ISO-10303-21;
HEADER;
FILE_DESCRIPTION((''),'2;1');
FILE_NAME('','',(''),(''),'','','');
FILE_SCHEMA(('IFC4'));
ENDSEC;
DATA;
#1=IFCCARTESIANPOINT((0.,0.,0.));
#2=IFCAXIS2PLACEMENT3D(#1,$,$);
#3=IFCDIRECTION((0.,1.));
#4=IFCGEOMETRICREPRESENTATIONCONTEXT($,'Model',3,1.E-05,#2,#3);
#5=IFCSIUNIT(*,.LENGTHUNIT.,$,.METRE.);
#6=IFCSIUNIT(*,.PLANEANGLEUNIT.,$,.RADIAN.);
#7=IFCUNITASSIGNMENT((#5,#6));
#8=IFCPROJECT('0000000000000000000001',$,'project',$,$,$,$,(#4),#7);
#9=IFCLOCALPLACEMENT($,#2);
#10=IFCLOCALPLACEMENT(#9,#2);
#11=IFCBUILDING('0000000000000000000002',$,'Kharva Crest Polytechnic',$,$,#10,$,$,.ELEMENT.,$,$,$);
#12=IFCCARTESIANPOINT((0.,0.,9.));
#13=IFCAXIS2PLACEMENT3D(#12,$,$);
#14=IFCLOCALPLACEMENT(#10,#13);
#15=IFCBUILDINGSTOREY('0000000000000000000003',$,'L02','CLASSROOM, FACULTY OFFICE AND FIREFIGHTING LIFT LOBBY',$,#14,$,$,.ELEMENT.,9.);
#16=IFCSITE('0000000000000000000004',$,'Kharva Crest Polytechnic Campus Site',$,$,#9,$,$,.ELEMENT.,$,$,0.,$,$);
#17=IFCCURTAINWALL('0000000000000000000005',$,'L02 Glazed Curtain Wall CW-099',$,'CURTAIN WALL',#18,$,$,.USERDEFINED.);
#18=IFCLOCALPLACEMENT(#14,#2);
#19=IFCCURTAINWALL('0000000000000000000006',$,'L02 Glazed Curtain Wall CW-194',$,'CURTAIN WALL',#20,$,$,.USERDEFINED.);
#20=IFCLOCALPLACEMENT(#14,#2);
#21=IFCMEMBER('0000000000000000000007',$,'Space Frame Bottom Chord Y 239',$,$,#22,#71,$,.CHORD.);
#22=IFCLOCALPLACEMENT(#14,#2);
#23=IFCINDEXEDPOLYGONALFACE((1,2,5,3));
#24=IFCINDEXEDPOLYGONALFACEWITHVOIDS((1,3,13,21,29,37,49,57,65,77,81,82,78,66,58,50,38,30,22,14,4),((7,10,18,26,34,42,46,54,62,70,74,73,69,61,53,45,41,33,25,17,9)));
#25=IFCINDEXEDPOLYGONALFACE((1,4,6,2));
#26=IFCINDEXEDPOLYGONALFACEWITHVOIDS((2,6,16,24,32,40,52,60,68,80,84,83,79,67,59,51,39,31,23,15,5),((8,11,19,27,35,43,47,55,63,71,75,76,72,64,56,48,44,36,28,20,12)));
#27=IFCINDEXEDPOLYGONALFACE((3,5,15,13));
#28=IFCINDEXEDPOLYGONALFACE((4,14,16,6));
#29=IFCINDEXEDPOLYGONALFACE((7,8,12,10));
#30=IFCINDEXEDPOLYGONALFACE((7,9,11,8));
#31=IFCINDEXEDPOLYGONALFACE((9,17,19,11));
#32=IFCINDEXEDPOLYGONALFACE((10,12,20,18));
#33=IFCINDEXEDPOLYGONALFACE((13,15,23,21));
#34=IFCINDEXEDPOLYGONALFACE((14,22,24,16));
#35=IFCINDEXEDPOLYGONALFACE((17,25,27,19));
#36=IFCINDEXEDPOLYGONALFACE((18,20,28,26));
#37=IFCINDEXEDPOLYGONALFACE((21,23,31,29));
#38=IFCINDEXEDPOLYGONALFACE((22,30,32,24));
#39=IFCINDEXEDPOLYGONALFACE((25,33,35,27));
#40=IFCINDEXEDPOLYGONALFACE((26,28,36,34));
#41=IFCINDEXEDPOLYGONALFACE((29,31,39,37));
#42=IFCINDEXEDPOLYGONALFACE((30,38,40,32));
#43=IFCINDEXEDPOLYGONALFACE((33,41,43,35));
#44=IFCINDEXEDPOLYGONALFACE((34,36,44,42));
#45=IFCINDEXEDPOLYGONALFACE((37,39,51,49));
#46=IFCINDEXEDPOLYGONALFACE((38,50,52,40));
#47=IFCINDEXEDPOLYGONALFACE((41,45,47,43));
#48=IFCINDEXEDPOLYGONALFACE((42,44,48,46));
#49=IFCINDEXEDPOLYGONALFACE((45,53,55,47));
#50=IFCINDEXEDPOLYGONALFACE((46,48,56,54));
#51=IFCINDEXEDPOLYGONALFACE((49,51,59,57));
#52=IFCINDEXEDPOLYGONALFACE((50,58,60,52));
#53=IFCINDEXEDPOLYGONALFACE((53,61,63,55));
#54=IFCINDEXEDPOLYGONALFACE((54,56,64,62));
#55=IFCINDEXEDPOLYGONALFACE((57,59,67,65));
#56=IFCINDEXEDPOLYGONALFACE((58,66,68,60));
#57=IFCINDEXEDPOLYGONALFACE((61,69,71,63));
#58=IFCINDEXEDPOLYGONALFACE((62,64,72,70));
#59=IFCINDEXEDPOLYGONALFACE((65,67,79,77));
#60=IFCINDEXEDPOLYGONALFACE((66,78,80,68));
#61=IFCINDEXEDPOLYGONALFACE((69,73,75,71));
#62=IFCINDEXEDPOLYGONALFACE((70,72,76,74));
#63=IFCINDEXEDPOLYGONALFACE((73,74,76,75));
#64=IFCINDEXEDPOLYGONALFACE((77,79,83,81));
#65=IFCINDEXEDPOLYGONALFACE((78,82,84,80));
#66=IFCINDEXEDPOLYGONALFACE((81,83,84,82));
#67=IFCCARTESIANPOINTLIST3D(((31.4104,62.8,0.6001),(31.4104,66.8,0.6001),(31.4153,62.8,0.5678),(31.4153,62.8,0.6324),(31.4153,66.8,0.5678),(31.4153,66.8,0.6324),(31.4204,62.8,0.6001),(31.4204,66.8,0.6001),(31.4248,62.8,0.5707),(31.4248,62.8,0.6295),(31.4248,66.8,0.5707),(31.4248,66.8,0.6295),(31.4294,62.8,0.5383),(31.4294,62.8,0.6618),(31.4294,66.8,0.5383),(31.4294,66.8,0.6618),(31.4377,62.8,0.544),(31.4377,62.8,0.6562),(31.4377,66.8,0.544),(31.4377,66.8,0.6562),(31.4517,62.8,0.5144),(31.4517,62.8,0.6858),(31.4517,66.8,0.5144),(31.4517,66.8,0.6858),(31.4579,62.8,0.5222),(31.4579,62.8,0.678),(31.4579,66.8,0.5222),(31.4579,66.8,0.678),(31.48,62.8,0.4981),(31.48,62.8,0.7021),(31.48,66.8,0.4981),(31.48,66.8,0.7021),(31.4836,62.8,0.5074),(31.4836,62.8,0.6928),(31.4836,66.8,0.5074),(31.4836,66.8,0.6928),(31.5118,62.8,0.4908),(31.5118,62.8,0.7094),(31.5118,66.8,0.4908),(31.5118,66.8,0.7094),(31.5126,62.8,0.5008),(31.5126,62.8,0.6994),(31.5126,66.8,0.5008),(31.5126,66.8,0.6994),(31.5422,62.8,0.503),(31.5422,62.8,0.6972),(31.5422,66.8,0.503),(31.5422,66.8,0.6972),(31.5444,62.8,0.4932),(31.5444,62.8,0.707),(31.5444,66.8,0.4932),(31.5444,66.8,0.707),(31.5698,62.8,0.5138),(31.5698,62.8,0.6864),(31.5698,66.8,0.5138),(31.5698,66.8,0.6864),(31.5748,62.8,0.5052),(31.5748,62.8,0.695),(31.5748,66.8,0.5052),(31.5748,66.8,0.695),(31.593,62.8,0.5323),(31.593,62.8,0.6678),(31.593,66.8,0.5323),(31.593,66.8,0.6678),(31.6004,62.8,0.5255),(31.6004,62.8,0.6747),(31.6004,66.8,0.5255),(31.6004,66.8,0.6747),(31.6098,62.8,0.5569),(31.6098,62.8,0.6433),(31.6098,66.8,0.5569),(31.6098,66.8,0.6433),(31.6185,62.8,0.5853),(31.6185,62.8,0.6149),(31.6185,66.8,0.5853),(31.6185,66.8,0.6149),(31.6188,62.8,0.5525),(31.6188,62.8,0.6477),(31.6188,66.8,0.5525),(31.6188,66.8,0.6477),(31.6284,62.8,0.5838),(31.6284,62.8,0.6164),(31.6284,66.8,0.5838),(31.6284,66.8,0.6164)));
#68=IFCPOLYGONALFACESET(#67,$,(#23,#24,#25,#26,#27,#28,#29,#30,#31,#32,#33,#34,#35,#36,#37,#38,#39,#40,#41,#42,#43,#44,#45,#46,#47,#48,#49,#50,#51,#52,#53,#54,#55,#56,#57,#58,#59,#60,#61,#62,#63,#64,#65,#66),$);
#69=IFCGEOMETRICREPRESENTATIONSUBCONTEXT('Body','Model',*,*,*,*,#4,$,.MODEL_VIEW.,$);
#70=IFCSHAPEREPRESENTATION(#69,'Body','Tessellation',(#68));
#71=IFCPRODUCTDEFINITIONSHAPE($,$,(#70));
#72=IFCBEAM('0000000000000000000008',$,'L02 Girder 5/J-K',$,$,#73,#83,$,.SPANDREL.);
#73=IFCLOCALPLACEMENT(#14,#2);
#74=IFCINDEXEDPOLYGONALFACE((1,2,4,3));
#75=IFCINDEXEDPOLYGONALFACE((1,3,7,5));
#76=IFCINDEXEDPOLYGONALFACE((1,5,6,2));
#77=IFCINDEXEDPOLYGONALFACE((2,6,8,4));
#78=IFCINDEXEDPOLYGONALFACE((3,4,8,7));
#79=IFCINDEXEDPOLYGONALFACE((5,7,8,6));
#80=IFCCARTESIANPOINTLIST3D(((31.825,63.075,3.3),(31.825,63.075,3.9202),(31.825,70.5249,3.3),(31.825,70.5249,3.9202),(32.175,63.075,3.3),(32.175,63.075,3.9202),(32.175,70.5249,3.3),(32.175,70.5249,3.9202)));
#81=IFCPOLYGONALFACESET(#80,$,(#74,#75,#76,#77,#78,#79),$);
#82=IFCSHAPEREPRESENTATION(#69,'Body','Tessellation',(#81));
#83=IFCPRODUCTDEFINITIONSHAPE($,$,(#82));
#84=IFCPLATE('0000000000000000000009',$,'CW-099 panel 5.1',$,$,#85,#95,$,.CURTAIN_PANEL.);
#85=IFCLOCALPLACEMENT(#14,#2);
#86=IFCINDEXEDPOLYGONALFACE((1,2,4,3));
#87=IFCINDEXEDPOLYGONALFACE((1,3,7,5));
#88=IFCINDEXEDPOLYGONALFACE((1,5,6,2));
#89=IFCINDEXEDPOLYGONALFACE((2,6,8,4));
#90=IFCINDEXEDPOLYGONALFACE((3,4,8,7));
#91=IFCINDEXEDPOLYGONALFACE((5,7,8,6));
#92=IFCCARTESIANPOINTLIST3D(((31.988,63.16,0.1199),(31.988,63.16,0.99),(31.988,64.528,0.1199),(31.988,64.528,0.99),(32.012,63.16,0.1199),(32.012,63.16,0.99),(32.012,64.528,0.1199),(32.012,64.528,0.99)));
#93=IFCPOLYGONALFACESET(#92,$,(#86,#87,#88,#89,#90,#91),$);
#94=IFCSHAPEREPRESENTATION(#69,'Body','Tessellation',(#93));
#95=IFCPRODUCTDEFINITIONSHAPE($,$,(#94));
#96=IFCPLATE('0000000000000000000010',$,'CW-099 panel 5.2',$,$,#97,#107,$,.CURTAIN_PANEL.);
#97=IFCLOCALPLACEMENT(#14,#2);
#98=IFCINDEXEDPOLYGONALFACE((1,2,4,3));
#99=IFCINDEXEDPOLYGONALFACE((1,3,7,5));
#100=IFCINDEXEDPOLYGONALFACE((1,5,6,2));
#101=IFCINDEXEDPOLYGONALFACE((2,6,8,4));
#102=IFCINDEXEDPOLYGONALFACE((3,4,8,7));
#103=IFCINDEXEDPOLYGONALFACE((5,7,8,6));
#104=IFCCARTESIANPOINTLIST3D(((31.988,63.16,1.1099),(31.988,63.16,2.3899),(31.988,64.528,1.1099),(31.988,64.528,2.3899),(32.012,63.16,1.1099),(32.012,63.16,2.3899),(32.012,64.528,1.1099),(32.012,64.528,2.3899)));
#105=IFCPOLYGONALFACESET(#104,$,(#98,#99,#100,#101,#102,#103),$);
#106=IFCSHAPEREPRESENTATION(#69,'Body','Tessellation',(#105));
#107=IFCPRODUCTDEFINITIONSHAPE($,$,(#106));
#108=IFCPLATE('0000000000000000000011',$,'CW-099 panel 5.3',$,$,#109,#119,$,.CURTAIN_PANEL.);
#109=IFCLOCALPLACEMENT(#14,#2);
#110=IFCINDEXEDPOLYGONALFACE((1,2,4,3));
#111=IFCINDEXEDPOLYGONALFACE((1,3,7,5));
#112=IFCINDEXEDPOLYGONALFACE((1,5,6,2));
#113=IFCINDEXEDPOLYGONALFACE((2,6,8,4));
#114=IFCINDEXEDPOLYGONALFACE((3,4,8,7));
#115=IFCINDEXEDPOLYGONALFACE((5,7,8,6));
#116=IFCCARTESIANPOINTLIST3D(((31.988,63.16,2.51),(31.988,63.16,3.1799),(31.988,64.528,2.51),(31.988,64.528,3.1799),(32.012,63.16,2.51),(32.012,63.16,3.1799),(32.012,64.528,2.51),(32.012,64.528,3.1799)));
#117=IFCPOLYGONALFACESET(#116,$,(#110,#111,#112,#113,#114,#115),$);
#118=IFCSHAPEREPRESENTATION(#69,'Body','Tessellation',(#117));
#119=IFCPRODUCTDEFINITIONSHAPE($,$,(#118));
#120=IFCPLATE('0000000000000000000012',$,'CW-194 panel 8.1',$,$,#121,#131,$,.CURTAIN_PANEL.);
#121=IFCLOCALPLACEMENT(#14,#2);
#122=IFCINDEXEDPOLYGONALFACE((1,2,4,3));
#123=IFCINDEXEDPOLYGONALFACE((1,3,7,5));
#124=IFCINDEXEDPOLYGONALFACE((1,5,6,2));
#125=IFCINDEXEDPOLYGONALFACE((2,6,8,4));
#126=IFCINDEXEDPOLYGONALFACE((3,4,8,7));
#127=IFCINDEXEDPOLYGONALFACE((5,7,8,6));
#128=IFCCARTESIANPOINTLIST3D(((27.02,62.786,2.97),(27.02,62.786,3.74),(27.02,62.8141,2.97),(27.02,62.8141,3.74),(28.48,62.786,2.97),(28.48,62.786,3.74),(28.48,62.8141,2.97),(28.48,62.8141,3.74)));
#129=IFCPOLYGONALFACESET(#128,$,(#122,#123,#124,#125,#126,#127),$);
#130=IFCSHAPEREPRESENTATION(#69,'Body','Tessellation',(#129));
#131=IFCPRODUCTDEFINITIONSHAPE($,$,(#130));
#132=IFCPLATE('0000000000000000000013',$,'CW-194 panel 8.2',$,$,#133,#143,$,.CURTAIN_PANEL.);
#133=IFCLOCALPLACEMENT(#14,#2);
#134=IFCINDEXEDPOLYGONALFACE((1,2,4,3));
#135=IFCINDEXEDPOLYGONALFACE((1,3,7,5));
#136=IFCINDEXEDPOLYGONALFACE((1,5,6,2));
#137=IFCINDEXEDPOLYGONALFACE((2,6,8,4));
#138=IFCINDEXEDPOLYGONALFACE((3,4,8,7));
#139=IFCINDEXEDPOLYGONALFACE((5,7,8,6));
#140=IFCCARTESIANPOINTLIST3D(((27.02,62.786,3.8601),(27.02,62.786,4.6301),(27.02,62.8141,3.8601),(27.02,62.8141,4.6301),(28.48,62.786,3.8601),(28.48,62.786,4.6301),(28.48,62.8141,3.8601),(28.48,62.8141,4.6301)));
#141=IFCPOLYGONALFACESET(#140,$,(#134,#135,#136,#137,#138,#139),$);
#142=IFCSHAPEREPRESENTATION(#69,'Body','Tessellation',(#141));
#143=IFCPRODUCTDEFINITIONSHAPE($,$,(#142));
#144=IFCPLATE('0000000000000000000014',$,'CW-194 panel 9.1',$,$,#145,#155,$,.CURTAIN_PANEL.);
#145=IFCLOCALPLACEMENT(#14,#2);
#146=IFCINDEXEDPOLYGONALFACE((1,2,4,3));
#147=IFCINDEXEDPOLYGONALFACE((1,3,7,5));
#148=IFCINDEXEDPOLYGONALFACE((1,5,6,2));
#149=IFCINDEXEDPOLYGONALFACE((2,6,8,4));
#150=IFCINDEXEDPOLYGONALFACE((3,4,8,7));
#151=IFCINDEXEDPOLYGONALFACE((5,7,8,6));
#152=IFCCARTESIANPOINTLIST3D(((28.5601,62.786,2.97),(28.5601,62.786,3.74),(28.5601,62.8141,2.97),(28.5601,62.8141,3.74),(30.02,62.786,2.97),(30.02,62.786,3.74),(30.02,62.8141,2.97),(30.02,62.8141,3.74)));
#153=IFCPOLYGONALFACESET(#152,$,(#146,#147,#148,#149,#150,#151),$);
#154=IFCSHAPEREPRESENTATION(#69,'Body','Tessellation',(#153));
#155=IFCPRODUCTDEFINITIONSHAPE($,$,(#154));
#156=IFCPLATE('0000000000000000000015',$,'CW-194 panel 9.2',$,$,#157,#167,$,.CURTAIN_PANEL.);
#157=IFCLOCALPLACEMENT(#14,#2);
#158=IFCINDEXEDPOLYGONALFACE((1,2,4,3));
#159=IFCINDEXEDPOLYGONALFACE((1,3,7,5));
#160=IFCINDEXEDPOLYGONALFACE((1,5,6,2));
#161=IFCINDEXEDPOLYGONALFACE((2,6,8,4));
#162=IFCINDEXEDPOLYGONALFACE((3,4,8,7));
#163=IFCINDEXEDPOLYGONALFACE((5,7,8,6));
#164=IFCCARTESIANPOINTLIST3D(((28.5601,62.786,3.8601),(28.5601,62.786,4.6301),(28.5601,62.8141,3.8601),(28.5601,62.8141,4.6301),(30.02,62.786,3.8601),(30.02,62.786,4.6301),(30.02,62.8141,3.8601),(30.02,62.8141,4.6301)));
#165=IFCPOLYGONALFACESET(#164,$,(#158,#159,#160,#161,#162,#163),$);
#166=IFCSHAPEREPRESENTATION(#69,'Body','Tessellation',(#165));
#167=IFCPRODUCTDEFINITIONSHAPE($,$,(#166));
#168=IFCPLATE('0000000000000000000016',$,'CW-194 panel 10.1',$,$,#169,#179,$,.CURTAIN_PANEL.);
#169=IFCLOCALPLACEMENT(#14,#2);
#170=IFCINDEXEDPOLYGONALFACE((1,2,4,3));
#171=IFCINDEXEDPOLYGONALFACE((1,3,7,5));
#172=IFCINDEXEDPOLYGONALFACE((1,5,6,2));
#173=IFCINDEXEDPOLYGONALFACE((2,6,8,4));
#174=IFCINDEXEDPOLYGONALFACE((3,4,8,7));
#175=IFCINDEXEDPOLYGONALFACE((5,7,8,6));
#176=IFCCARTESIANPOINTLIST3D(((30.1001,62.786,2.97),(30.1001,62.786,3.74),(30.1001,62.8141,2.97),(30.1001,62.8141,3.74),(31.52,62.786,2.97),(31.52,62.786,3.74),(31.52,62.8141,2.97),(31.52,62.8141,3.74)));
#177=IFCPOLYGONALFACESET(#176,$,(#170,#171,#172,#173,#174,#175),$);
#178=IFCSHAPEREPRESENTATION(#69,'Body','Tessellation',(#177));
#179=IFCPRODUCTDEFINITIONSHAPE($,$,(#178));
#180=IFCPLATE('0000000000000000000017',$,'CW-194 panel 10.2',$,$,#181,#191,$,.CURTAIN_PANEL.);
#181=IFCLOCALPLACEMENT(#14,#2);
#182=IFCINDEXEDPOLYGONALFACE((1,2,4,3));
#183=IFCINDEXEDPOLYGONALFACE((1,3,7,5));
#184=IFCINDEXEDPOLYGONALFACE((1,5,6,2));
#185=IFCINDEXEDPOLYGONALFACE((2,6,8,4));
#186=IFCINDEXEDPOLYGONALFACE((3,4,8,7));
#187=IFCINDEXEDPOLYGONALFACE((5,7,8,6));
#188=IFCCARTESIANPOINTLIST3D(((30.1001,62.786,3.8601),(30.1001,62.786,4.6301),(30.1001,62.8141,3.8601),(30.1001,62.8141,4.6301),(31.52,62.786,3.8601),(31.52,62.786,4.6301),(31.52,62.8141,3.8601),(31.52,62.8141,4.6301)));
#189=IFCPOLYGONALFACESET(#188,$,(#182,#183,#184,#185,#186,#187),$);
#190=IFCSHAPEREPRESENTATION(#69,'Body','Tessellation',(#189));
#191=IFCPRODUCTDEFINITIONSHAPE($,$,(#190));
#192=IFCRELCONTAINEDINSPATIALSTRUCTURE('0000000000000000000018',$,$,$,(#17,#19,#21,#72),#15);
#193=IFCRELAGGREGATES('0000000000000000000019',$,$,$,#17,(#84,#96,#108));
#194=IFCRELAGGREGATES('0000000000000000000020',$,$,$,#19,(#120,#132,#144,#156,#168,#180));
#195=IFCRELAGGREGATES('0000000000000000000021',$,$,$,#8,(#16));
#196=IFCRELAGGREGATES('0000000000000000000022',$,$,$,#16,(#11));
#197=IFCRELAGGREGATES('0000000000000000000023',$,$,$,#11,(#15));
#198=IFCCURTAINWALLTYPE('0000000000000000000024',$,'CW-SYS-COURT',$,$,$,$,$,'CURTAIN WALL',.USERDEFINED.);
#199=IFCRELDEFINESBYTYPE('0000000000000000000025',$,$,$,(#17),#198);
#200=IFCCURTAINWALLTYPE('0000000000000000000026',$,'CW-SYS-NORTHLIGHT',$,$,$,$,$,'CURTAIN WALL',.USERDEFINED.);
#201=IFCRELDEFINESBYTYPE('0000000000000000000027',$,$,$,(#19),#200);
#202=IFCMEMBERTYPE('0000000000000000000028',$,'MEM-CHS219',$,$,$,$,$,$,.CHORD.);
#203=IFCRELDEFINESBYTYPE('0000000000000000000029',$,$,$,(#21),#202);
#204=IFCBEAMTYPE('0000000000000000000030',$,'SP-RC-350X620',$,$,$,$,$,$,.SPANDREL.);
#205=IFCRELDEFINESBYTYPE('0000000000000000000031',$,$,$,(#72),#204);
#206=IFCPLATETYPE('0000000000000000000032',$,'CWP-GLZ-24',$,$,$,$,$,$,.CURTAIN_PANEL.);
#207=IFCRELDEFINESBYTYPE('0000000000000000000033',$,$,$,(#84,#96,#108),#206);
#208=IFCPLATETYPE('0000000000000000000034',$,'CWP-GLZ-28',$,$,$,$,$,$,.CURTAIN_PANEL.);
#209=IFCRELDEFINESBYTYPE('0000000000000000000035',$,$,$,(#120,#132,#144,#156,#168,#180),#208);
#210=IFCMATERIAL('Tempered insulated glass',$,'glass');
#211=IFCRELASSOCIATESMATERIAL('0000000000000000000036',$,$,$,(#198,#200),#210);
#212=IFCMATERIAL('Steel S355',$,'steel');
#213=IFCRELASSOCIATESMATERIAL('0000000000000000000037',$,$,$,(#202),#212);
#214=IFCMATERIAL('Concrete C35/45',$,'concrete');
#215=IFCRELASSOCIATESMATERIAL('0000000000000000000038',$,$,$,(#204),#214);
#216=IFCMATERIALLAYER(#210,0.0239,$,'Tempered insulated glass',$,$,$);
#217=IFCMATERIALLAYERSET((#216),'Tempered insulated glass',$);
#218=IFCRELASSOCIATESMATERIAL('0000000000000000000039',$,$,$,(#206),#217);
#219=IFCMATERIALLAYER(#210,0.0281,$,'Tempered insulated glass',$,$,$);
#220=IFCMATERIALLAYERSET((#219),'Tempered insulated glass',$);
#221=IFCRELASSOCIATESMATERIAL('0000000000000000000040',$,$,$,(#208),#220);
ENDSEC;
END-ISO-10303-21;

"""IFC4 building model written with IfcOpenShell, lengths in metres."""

from ifc_helpers import new_model, si_unit, direction, frame, origin, origin_2d, place, context, subcontext, project, spatial, rectangle, hollow_circle, extrude, material, layer, layer_set, material_profile, profile_set, type_object, element, aggregate, save


model = new_model("IFC4")

# Units and contexts
model_context = context("Model", 3, precision=1e-05, world=origin(), true_north=direction((0.0, 1.0)))
body_context = subcontext(model_context, "Body", "Model", "MODEL_VIEW")
ifc_project = project(units=[si_unit("LENGTHUNIT", "METRE"), si_unit("PLANEANGLEUNIT", "RADIAN")], contexts=[model_context])

# Site, building, storey
site_placement = place(None, origin())
site = spatial("IfcSite", under=ifc_project, at=site_placement, Name="Kharva Crest Polytechnic Campus Site", CompositionType="ELEMENT", RefElevation=0.0)
building_placement = place(site_placement, origin())
building = spatial("IfcBuilding", under=site, at=building_placement, Name="Kharva Crest Polytechnic", CompositionType="ELEMENT")
storey_placement = place(building_placement, frame((0.0, 0.0, 9.0)))
storey = spatial("IfcBuildingStorey", under=building, at=storey_placement, Name="L02", Description="CLASSROOM, FACULTY OFFICE AND FIREFIGHTING LIFT LOBBY", CompositionType="ELEMENT", Elevation=9.0)

# Shared definitions
ifc_material_1 = material(Name="Concrete C35/45", Category="concrete")

# Curtain wall
ifc_material_2 = material(Name="Tempered insulated glass", Category="glass")
curtain_wall_type_1 = type_object("IfcCurtainWallType", Name="CW-SYS-COURT", ElementType="CURTAIN WALL", PredefinedType="USERDEFINED", material=ifc_material_2)
curtain_wall_1_placement = place(storey_placement, origin())
curtain_wall_1 = element("IfcCurtainWall", 1, at=curtain_wall_1_placement, inside=storey, type_object=curtain_wall_type_1, Name="L02 Glazed Curtain Wall CW-099", ObjectType="CURTAIN WALL", PredefinedType="USERDEFINED")
ifc_material_3 = material(Name="Steel S355", Category="steel")

# Curtain wall
curtain_wall_type_2 = type_object("IfcCurtainWallType", Name="CW-SYS-NORTHLIGHT", ElementType="CURTAIN WALL", PredefinedType="USERDEFINED", material=ifc_material_2)
curtain_wall_2_placement = place(storey_placement, origin())
curtain_wall_2 = element("IfcCurtainWall", 2, at=curtain_wall_2_placement, inside=storey, type_object=curtain_wall_type_2, Name="L02 Glazed Curtain Wall CW-194", ObjectType="CURTAIN WALL", PredefinedType="USERDEFINED")

# Member
ifc_material_profile_1 = material_profile(ifc_material_3, hollow_circle(Radius=0.1096, WallThickness=0.01, at=origin_2d()), Name="CHS 219.1X10.0")
ifc_profile_set_1 = profile_set([ifc_material_profile_1], Name="Steel S355")
member_type_1 = type_object("IfcMemberType", Name="MEM-CHS219", PredefinedType="CHORD", material=ifc_profile_set_1)
member_1_placement = place(storey_placement, frame((31.52, 62.8, 0.6001), z_axis=(0.0, 1.0, 0.0), x_axis=(-1.0, 0.0, 0.0)))
element("IfcMember", 3, at=member_1_placement, inside=storey, type_object=member_type_1, Name="Space Frame Bottom Chord Y 239", PredefinedType="CHORD", context=body_context, shape_type="SweptSolid", body=[
    extrude(hollow_circle(Radius=0.1096, WallThickness=0.01, at=origin_2d()), origin(), (0.0, 0.0, 1.0), 4.0),
])

# Beam
ifc_material_profile_2 = material_profile(ifc_material_1, rectangle(XDim=0.3501, YDim=0.6201, at=origin_2d()), Name="RECT 350 X 620")
ifc_profile_set_2 = profile_set([ifc_material_profile_2], Name="Concrete C35/45")
beam_type_1 = type_object("IfcBeamType", Name="SP-RC-350X620", PredefinedType="SPANDREL", material=ifc_profile_set_2)
beam_1_placement = place(storey_placement, frame((32.0, 63.075, 3.6101), z_axis=(0.0, 1.0, 0.0), x_axis=(-1.0, 0.0, 0.0)))
element("IfcBeam", 4, at=beam_1_placement, inside=storey, type_object=beam_type_1, Name="L02 Girder 5/J-K", PredefinedType="SPANDREL", context=body_context, shape_type="SweptSolid", body=[
    extrude(rectangle(XDim=0.3501, YDim=0.6201, at=origin_2d()), origin(), (0.0, 0.0, 1.0), 7.45),
])

# Plates
ifc_layer_1 = layer(ifc_material_2, 0.0239, Name="Tempered insulated glass")
ifc_layer_set_1 = layer_set([ifc_layer_1], Name="Tempered insulated glass")
plate_type_1 = type_object("IfcPlateType", Name="CWP-GLZ-24", PredefinedType="CURTAIN_PANEL", material=ifc_layer_set_1)
plate_1_placement = place(storey_placement, frame((32.0, 63.844, 0.1199), z_axis=(0.0, 0.0, 1.0), x_axis=(0.0, -1.0, 0.0)))
plate_1 = element("IfcPlate", 5, at=plate_1_placement, type_object=plate_type_1, Name="CW-099 panel 5.1", PredefinedType="CURTAIN_PANEL", context=body_context, shape_type="SweptSolid", body=[
    extrude(rectangle(XDim=1.3679, YDim=0.0239, at=origin_2d()), origin(), (0.0, 0.0, 1.0), 0.8701),
])
plate_2_placement = place(storey_placement, frame((32.0, 63.844, 1.1099), z_axis=(0.0, 0.0, 1.0), x_axis=(0.0, -1.0, 0.0)))
plate_2 = element("IfcPlate", 6, at=plate_2_placement, type_object=plate_type_1, Name="CW-099 panel 5.2", PredefinedType="CURTAIN_PANEL", context=body_context, shape_type="SweptSolid", body=[
    extrude(rectangle(XDim=1.3679, YDim=0.0239, at=origin_2d()), origin(), (0.0, 0.0, 1.0), 1.28),
])
plate_3_placement = place(storey_placement, frame((32.0, 63.844, 2.51), z_axis=(0.0, 0.0, 1.0), x_axis=(0.0, -1.0, 0.0)))
plate_3 = element("IfcPlate", 7, at=plate_3_placement, type_object=plate_type_1, Name="CW-099 panel 5.3", PredefinedType="CURTAIN_PANEL", context=body_context, shape_type="SweptSolid", body=[
    extrude(rectangle(XDim=1.3679, YDim=0.0239, at=origin_2d()), origin(), (0.0, 0.0, 1.0), 0.6699),
])
aggregate(curtain_wall_1, [plate_1, plate_2, plate_3])
ifc_layer_2 = layer(ifc_material_2, 0.0281, Name="Tempered insulated glass")
ifc_layer_set_2 = layer_set([ifc_layer_2], Name="Tempered insulated glass")
plate_type_2 = type_object("IfcPlateType", Name="CWP-GLZ-28", PredefinedType="CURTAIN_PANEL", material=ifc_layer_set_2)
plate_4_placement = place(storey_placement, frame((27.75, 62.8, 2.97), z_axis=(0.0, 0.0, 1.0), x_axis=(1.0, 0.0, 0.0)))
plate_4 = element("IfcPlate", 8, at=plate_4_placement, type_object=plate_type_2, Name="CW-194 panel 8.1", PredefinedType="CURTAIN_PANEL", context=body_context, shape_type="SweptSolid", body=[
    extrude(rectangle(XDim=1.46, YDim=0.0281, at=origin_2d()), origin(), (0.0, 0.0, 1.0), 0.77),
])
plate_5_placement = place(storey_placement, frame((27.75, 62.8, 3.8601), z_axis=(0.0, 0.0, 1.0), x_axis=(1.0, 0.0, 0.0)))
plate_5 = element("IfcPlate", 9, at=plate_5_placement, type_object=plate_type_2, Name="CW-194 panel 8.2", PredefinedType="CURTAIN_PANEL", context=body_context, shape_type="SweptSolid", body=[
    extrude(rectangle(XDim=1.46, YDim=0.0281, at=origin_2d()), origin(), (0.0, 0.0, 1.0), 0.77),
])
plate_6_placement = place(storey_placement, frame((29.29, 62.8, 2.97), z_axis=(0.0, 0.0, 1.0), x_axis=(1.0, 0.0, 0.0)))
plate_6 = element("IfcPlate", 10, at=plate_6_placement, type_object=plate_type_2, Name="CW-194 panel 9.1", PredefinedType="CURTAIN_PANEL", context=body_context, shape_type="SweptSolid", body=[
    extrude(rectangle(XDim=1.46, YDim=0.0281, at=origin_2d()), origin(), (0.0, 0.0, 1.0), 0.77),
])
plate_7_placement = place(storey_placement, frame((29.29, 62.8, 3.8601), z_axis=(0.0, 0.0, 1.0), x_axis=(1.0, 0.0, 0.0)))
plate_7 = element("IfcPlate", 11, at=plate_7_placement, type_object=plate_type_2, Name="CW-194 panel 9.2", PredefinedType="CURTAIN_PANEL", context=body_context, shape_type="SweptSolid", body=[
    extrude(rectangle(XDim=1.46, YDim=0.0281, at=origin_2d()), origin(), (0.0, 0.0, 1.0), 0.77),
])
plate_8_placement = place(storey_placement, frame((30.8101, 62.8, 2.97), z_axis=(0.0, 0.0, 1.0), x_axis=(1.0, 0.0, 0.0)))
plate_8 = element("IfcPlate", 12, at=plate_8_placement, type_object=plate_type_2, Name="CW-194 panel 10.1", PredefinedType="CURTAIN_PANEL", context=body_context, shape_type="SweptSolid", body=[
    extrude(rectangle(XDim=1.4199, YDim=0.0281, at=origin_2d()), origin(), (0.0, 0.0, 1.0), 0.77),
])
plate_9_placement = place(storey_placement, frame((30.8101, 62.8, 3.8601), z_axis=(0.0, 0.0, 1.0), x_axis=(1.0, 0.0, 0.0)))
plate_9 = element("IfcPlate", 13, at=plate_9_placement, type_object=plate_type_2, Name="CW-194 panel 10.2", PredefinedType="CURTAIN_PANEL", context=body_context, shape_type="SweptSolid", body=[
    extrude(rectangle(XDim=1.4199, YDim=0.0281, at=origin_2d()), origin(), (0.0, 0.0, 1.0), 0.77),
])
aggregate(curtain_wall_2, [plate_4, plate_5, plate_6, plate_7, plate_8, plate_9])

save(model, "model.ifc")
